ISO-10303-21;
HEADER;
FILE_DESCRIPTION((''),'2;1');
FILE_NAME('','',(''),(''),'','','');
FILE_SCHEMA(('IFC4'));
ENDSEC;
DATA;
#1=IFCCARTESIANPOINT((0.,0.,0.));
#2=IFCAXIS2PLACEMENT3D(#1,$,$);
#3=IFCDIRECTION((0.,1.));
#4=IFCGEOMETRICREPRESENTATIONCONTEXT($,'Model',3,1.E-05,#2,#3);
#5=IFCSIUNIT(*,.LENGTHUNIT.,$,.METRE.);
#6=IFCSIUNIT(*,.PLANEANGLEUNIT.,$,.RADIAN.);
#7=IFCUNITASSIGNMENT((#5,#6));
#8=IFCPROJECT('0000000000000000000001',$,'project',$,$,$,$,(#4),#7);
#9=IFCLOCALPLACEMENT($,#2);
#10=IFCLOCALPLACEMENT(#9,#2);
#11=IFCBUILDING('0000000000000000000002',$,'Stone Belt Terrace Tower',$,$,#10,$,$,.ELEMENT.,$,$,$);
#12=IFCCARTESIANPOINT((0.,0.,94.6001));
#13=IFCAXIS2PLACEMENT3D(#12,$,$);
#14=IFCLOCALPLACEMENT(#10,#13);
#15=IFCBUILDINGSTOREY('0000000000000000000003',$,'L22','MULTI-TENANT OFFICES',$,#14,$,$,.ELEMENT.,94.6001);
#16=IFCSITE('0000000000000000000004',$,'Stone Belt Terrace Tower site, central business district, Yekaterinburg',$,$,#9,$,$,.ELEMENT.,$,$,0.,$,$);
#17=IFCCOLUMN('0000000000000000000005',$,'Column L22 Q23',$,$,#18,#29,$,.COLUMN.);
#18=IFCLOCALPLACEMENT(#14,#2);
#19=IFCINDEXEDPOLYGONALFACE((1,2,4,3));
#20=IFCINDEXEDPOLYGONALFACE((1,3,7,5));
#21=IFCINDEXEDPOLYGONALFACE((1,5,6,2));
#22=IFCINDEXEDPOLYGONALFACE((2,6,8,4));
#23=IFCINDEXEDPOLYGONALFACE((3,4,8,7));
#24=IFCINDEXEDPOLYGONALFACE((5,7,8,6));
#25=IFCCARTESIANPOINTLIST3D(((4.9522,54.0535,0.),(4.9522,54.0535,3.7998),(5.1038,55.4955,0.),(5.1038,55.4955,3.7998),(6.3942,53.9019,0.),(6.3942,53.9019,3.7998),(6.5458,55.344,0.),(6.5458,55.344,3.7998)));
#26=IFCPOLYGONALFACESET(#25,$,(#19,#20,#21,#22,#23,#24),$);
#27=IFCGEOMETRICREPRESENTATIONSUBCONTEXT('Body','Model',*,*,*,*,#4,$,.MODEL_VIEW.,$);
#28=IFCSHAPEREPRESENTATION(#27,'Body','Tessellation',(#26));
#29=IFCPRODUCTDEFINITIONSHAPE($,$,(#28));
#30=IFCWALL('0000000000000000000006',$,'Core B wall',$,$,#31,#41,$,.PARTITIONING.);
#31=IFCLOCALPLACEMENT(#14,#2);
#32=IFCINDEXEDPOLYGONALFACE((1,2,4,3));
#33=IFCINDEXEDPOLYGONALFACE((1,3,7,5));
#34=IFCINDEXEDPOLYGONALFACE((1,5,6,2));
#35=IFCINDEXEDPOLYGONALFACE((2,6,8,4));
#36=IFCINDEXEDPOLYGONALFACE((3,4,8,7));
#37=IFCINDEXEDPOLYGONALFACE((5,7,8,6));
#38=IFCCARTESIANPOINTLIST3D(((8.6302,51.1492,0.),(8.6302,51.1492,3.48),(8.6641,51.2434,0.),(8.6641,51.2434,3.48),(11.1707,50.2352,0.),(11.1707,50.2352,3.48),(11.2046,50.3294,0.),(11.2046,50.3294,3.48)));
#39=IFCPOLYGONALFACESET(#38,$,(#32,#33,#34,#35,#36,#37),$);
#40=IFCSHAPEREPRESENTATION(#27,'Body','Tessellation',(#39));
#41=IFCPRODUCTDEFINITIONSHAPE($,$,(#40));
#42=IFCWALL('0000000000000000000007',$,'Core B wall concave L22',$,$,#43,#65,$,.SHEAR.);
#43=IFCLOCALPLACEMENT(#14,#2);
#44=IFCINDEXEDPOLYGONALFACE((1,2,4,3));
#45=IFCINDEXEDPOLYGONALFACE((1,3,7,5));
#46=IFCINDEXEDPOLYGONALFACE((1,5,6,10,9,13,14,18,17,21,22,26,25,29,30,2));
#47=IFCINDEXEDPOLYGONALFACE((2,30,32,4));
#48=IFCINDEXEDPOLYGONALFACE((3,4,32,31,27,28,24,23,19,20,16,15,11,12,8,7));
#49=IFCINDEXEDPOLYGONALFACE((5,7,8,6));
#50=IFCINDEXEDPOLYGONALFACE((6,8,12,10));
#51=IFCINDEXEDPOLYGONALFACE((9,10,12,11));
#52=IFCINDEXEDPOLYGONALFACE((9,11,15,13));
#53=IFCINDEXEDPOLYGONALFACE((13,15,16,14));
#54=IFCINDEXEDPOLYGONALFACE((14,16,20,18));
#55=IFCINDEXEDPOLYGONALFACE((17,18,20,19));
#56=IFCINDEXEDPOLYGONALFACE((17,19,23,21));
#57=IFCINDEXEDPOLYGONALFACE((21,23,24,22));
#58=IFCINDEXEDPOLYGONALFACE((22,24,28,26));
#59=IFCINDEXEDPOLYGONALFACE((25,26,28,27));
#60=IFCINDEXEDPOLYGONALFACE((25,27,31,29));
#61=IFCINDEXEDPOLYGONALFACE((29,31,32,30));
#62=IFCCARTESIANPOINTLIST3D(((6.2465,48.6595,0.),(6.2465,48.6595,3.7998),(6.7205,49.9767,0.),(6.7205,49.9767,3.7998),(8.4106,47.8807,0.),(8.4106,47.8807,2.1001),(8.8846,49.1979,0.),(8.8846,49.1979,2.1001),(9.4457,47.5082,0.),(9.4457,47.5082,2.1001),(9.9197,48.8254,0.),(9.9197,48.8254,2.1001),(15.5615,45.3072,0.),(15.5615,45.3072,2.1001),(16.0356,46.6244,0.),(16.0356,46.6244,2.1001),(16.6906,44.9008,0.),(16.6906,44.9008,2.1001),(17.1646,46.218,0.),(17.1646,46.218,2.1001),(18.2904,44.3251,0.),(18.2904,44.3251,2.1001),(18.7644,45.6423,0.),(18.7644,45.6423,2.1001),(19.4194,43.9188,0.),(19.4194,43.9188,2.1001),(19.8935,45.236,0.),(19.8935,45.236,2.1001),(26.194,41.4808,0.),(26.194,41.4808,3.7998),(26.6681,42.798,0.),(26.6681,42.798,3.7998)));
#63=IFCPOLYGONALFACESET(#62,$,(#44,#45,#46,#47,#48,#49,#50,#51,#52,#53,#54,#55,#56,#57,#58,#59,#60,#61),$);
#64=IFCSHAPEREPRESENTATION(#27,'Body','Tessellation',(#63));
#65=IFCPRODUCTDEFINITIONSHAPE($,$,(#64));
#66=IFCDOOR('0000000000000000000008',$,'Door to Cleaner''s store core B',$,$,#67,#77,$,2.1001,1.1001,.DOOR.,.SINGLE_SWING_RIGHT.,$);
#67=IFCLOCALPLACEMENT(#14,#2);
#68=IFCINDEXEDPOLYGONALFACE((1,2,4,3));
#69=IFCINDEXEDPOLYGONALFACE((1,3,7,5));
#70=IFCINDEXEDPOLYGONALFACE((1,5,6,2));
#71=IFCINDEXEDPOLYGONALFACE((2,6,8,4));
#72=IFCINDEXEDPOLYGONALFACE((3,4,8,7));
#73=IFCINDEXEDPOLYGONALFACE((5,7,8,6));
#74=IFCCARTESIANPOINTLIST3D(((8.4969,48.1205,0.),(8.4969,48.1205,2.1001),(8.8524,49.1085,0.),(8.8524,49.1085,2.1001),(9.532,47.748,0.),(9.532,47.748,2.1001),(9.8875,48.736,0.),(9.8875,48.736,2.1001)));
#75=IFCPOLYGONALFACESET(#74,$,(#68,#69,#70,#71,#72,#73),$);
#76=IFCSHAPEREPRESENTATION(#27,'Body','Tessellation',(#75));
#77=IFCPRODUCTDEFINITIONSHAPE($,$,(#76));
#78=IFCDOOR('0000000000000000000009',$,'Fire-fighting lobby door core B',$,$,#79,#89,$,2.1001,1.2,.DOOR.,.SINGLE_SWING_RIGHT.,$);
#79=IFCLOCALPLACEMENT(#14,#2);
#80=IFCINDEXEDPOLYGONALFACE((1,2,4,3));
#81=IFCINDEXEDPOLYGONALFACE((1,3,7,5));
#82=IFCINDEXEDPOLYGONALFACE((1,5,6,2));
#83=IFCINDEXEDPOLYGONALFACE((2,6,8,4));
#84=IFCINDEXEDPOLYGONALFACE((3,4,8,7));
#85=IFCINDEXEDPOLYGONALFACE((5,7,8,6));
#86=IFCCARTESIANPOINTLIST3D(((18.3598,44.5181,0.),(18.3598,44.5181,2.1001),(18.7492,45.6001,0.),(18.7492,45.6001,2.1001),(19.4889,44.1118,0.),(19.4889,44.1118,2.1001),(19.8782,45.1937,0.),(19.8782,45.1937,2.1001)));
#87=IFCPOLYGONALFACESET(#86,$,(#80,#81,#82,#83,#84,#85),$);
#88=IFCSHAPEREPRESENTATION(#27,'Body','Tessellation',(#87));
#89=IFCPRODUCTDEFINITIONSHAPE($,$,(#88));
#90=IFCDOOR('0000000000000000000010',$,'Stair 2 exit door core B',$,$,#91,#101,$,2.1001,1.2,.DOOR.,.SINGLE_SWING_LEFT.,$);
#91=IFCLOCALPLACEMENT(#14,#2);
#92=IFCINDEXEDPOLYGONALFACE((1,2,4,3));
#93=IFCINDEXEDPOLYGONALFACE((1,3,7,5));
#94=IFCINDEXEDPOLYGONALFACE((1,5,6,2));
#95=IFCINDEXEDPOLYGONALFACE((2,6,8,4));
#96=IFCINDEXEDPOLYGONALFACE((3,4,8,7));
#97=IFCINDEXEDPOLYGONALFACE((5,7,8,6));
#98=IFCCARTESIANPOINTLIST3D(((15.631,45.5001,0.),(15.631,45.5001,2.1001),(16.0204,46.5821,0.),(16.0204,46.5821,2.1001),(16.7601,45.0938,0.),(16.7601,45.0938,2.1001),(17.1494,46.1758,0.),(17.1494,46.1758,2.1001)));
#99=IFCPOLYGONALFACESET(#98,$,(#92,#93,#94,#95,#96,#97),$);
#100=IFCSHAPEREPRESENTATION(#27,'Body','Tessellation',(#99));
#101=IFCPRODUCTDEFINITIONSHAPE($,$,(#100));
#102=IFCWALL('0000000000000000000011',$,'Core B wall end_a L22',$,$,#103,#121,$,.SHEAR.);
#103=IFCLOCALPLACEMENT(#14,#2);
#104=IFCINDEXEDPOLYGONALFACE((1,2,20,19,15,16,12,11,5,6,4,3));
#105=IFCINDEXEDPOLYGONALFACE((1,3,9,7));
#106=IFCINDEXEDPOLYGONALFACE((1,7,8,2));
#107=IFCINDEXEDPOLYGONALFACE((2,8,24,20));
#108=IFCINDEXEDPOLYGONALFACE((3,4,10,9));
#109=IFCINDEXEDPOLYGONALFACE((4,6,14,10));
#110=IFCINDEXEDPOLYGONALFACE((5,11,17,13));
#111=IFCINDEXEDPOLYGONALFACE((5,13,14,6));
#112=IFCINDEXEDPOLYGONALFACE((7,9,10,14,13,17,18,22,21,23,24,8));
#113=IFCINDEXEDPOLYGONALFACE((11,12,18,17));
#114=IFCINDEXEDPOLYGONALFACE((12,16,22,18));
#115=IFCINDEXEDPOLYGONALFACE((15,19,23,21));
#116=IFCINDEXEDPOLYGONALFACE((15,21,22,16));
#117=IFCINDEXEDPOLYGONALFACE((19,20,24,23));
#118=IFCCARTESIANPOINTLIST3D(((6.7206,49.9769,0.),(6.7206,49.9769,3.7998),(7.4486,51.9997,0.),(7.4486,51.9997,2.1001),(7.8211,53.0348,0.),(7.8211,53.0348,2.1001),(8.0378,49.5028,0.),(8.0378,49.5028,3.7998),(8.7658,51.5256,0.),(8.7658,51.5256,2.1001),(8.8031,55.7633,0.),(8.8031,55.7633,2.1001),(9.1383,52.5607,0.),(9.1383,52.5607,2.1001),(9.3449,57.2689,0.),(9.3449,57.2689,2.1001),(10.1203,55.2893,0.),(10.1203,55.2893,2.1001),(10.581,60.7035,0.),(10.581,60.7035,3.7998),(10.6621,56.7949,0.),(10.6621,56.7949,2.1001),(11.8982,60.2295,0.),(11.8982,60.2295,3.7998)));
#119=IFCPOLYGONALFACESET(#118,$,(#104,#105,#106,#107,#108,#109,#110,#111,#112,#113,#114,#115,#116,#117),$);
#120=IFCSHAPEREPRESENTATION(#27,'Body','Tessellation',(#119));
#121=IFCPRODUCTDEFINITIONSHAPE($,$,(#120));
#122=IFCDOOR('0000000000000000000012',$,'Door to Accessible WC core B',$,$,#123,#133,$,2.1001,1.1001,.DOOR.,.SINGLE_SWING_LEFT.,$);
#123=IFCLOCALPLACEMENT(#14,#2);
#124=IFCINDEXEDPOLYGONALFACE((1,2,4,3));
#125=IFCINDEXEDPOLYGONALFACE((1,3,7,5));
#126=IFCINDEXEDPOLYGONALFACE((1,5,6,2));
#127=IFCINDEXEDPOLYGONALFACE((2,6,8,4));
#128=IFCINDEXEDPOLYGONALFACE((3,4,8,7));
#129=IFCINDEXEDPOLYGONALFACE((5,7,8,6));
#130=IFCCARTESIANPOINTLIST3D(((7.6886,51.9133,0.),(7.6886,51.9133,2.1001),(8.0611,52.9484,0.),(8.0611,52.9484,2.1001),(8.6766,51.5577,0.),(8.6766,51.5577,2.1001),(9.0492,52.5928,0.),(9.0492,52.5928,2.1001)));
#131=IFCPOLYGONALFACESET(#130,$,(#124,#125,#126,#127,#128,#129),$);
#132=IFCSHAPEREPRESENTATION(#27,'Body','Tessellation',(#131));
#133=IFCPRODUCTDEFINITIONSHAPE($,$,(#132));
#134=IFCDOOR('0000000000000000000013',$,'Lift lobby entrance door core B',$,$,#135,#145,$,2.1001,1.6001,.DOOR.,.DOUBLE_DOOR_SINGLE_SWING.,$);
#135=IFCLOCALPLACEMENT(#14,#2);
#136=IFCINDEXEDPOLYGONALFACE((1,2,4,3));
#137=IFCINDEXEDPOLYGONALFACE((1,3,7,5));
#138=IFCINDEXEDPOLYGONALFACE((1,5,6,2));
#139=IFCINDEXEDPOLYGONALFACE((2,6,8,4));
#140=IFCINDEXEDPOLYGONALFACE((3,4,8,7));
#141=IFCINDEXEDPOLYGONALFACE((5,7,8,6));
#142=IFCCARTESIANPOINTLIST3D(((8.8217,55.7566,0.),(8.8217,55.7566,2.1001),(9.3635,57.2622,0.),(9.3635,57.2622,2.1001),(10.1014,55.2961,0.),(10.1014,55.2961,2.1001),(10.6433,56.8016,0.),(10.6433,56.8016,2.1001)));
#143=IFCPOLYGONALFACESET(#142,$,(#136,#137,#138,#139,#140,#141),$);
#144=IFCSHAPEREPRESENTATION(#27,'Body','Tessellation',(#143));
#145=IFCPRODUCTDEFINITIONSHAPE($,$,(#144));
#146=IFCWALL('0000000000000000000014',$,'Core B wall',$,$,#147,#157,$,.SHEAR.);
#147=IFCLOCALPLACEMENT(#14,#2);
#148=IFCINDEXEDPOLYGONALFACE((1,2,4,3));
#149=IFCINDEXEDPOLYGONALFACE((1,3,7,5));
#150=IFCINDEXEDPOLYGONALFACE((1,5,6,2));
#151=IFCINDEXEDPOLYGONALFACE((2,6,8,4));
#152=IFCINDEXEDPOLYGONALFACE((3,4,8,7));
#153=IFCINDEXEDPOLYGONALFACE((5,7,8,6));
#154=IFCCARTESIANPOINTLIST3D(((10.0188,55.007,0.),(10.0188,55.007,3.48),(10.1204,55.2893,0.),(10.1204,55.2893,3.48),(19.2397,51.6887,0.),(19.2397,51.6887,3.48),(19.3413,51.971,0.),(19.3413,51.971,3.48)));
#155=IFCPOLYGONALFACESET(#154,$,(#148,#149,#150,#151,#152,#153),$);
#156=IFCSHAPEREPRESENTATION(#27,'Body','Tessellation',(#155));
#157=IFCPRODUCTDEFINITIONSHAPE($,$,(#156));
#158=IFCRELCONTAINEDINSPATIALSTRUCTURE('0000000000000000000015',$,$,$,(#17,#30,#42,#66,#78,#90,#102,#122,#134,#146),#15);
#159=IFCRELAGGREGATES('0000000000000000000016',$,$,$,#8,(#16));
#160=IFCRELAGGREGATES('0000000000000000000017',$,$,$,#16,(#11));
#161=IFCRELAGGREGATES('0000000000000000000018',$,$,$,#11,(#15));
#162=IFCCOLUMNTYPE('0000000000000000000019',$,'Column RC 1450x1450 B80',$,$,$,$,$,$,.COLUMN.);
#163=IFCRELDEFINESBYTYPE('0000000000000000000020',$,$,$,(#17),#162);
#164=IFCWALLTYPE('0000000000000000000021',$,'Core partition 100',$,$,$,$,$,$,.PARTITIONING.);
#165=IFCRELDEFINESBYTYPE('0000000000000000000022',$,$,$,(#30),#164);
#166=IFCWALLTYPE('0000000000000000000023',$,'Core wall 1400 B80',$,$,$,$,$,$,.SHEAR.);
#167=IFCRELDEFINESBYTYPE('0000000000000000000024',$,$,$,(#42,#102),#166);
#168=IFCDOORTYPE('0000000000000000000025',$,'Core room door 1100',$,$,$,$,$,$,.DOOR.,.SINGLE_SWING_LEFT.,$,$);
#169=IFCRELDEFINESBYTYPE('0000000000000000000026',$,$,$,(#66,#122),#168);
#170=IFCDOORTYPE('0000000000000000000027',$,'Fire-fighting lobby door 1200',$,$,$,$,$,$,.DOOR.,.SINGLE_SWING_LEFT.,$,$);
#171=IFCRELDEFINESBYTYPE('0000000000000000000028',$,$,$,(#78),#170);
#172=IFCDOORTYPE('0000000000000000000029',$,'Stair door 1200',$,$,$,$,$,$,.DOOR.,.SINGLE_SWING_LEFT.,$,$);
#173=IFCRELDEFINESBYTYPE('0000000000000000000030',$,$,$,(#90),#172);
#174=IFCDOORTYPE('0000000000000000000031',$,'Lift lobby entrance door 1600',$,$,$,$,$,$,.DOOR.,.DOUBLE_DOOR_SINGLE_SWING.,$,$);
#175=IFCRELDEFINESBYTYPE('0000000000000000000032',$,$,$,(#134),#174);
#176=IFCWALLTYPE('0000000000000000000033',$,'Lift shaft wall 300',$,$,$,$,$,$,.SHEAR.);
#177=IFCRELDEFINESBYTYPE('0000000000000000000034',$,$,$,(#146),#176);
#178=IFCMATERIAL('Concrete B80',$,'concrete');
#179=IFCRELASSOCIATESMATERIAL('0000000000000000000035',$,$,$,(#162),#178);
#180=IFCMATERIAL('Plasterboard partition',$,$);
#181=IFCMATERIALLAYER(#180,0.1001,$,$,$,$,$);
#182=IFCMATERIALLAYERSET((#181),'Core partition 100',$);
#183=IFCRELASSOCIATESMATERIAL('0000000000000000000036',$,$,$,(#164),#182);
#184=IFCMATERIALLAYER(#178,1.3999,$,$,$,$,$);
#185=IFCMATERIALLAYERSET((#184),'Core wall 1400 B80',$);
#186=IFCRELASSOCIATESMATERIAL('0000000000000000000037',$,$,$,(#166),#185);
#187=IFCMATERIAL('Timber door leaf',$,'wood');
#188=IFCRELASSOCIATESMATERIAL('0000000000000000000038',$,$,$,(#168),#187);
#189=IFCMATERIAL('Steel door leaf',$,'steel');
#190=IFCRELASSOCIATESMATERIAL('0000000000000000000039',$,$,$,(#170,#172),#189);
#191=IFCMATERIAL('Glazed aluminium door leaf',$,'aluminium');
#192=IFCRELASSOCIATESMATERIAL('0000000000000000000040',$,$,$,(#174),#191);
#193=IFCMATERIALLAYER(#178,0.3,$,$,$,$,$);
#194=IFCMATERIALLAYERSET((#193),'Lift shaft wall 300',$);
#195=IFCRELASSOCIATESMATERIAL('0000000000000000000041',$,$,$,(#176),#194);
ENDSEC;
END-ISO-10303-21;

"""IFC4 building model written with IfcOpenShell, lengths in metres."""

from ifc_helpers import new_model, si_unit, direction, frame, frame_2d, origin, origin_2d, place, context, subcontext, project, spatial, rectangle, extrude, material, layer, layer_set, material_profile, profile_set, type_object, element, fill, save


model = new_model("IFC4")

# Units and contexts
model_context = context("Model", 3, precision=1e-05, world=origin(), true_north=direction((0.0, 1.0)))
body_context = subcontext(model_context, "Body", "Model", "MODEL_VIEW")
ifc_project = project(units=[si_unit("LENGTHUNIT", "METRE"), si_unit("PLANEANGLEUNIT", "RADIAN")], contexts=[model_context])

# Site, building, storey
site_placement = place(None, origin())
site = spatial("IfcSite", under=ifc_project, at=site_placement, Name="Stone Belt Terrace Tower site, central business district, Yekaterinburg", CompositionType="ELEMENT", RefElevation=0.0)
building_placement = place(site_placement, origin())
building = spatial("IfcBuilding", under=site, at=building_placement, Name="Stone Belt Terrace Tower", CompositionType="ELEMENT")
storey_placement = place(building_placement, frame((0.0, 0.0, 94.6001)))
storey = spatial("IfcBuildingStorey", under=building, at=storey_placement, Name="L22", Description="MULTI-TENANT OFFICES", CompositionType="ELEMENT", Elevation=94.6001)

# Column
ifc_material_1 = material(Name="Concrete B80", Category="concrete")
ifc_material_profile = material_profile(ifc_material_1, rectangle(XDim=1.45, YDim=1.45, at=origin_2d()), Name="RC 1450x1450")
ifc_profile_set = profile_set([ifc_material_profile], Name="Concrete B80")
column_type = type_object("IfcColumnType", Name="Column RC 1450x1450 B80", PredefinedType="COLUMN", material=ifc_profile_set)
column_placement = place(storey_placement, frame((5.749, 54.6987, 0.0), z_axis=(0.0, 0.0, 1.0), x_axis=(0.994522, -0.104528, 0.0)))
element("IfcColumn", 1, at=column_placement, inside=storey, type_object=column_type, Name="Column L22 Q23", PredefinedType="COLUMN", context=body_context, shape_type="SweptSolid", body=[
    extrude(rectangle(XDim=1.45, YDim=1.45, at=origin_2d()), origin(), (0.0, 0.0, 1.0), 3.7998),
])

# Wall
ifc_material_2 = material(Name="Plasterboard partition")
ifc_layer_1 = layer(ifc_material_2, 0.1001)
ifc_layer_set_1 = layer_set([ifc_layer_1], Name="Core partition 100")
wall_type_1 = type_object("IfcWallType", Name="Core partition 100", PredefinedType="PARTITIONING", material=ifc_layer_set_1)
wall_1_placement = place(storey_placement, frame((11.1877, 50.2822, 0.0), z_axis=(0.0, 0.0, 1.0), x_axis=(-0.94095, 0.338547, 0.0)))
element("IfcWall", 2, at=wall_1_placement, inside=storey, type_object=wall_type_1, Name="Core B wall", PredefinedType="PARTITIONING", context=body_context, shape_type="SweptSolid", body=[
    extrude(rectangle(XDim=2.7, YDim=0.1001, at=frame_2d((1.3501, 0.0))), origin(), (0.0, 0.0, 1.0), 3.48),
])

# Walls, openings, doors
ifc_layer_2 = layer(ifc_material_1, 1.3999)
ifc_layer_set_2 = layer_set([ifc_layer_2], Name="Core wall 1400 B80")
wall_type_2 = type_object("IfcWallType", Name="Core wall 1400 B80", PredefinedType="SHEAR", material=ifc_layer_set_2)
wall_2_placement = place(storey_placement, frame((6.4834, 49.3181, 0.0), z_axis=(0.0, 0.0, 1.0), x_axis=(0.940923, -0.33862, 0.0)))
wall_2 = element("IfcWall", 3, at=wall_2_placement, inside=storey, type_object=wall_type_2, Name="Core B wall concave L22", PredefinedType="SHEAR", context=body_context, shape_type="SweptSolid", body=[
    extrude(rectangle(XDim=21.2, YDim=1.3999, at=frame_2d((10.6001, 0.0))), origin(), (0.0, 0.0, 1.0), 3.7998),
])
opening_1_placement = place(wall_2_placement, frame((12.8, 0.0, 0.0)))
opening_1 = element("IfcOpeningElement", 4, at=opening_1_placement, cuts=wall_2, PredefinedType="OPENING", context=body_context, shape_type="SweptSolid", body=[
    extrude(rectangle(XDim=1.2, YDim=2.1001, at=frame_2d((0.6001, 1.05))), frame((0.0, 0.71, 0.0), z_axis=(0.0, -1.0, 0.0), x_axis=(1.0, 0.0, 0.0)), (0.0, 0.0, 1.0), 1.4199),
])
opening_2_placement = place(wall_2_placement, frame((9.8999, 0.0, 0.0)))
opening_2 = element("IfcOpeningElement", 5, at=opening_2_placement, cuts=wall_2, PredefinedType="OPENING", context=body_context, shape_type="SweptSolid", body=[
    extrude(rectangle(XDim=1.2, YDim=2.1001, at=frame_2d((0.6001, 1.05))), frame((0.0, 0.71, 0.0), z_axis=(0.0, -1.0, 0.0), x_axis=(1.0, 0.0, 0.0)), (0.0, 0.0, 1.0), 1.4199),
])
opening_3_placement = place(wall_2_placement, frame((2.3, 0.0, 0.0)))
opening_3 = element("IfcOpeningElement", 6, at=opening_3_placement, cuts=wall_2, PredefinedType="OPENING", context=body_context, shape_type="SweptSolid", body=[
    extrude(rectangle(XDim=1.1001, YDim=2.1001, at=frame_2d((0.55, 1.05))), frame((0.0, 0.71, 0.0), z_axis=(0.0, -1.0, 0.0), x_axis=(1.0, 0.0, 0.0)), (0.0, 0.0, 1.0), 1.4199),
])
ifc_material_3 = material(Name="Timber door leaf", Category="wood")
door_type_1 = type_object("IfcDoorType", Name="Core room door 1100", OperationType="SINGLE_SWING_LEFT", PredefinedType="DOOR", material=ifc_material_3)
door_1_placement = place(opening_3_placement, origin())
door_1 = element("IfcDoor", 7, at=door_1_placement, inside=storey, type_object=door_type_1, Name="Door to Cleaner's store core B", OperationType="SINGLE_SWING_RIGHT", OverallHeight=2.1001, OverallWidth=1.1001, PredefinedType="DOOR", context=body_context, shape_type="SweptSolid", body=[
    extrude(rectangle(XDim=1.1001, YDim=2.1001, at=frame_2d((0.55, 1.05))), frame((0.0, 0.605, 0.0), z_axis=(0.0, -1.0, 0.0), x_axis=(1.0, 0.0, 0.0)), (0.0, 0.0, 1.0), 1.05),
])
fill(opening_3, door_1)
ifc_material_4 = material(Name="Steel door leaf", Category="steel")
door_type_2 = type_object("IfcDoorType", Name="Fire-fighting lobby door 1200", OperationType="SINGLE_SWING_LEFT", PredefinedType="DOOR", material=ifc_material_4)
door_2_placement = place(opening_1_placement, origin())
door_2 = element("IfcDoor", 8, at=door_2_placement, inside=storey, type_object=door_type_2, Name="Fire-fighting lobby door core B", OperationType="SINGLE_SWING_RIGHT", OverallHeight=2.1001, OverallWidth=1.2, PredefinedType="DOOR", context=body_context, shape_type="SweptSolid", body=[
    extrude(rectangle(XDim=1.2, YDim=2.1001, at=frame_2d((0.6001, 1.05))), frame((0.0, 0.655, 0.0), z_axis=(0.0, -1.0, 0.0), x_axis=(1.0, 0.0, 0.0)), (0.0, 0.0, 1.0), 1.1499),
])
fill(opening_1, door_2)
door_type_3 = type_object("IfcDoorType", Name="Stair door 1200", OperationType="SINGLE_SWING_LEFT", PredefinedType="DOOR", material=ifc_material_4)
door_3_placement = place(opening_2_placement, origin())
door_3 = element("IfcDoor", 9, at=door_3_placement, inside=storey, type_object=door_type_3, Name="Stair 2 exit door core B", OperationType="SINGLE_SWING_LEFT", OverallHeight=2.1001, OverallWidth=1.2, PredefinedType="DOOR", context=body_context, shape_type="SweptSolid", body=[
    extrude(rectangle(XDim=1.2, YDim=2.1001, at=frame_2d((0.6001, 1.05))), frame((0.0, 0.655, 0.0), z_axis=(0.0, -1.0, 0.0), x_axis=(1.0, 0.0, 0.0)), (0.0, 0.0, 1.0), 1.1499),
])
fill(opening_2, door_3)
wall_3_placement = place(storey_placement, frame((7.3792, 49.7397, 0.0), z_axis=(0.0, 0.0, 1.0), x_axis=(0.338625, 0.940921, 0.0)))
wall_3 = element("IfcWall", 10, at=wall_3_placement, inside=storey, type_object=wall_type_2, Name="Core B wall end_a L22", PredefinedType="SHEAR", context=body_context, shape_type="SweptSolid", body=[
    extrude(rectangle(XDim=11.4001, YDim=1.3999, at=frame_2d((5.7002, 0.0))), origin(), (0.0, 0.0, 1.0), 3.7998),
])
opening_4_placement = place(wall_3_placement, frame((6.1499, 0.0, 0.0)))
opening_4 = element("IfcOpeningElement", 11, at=opening_4_placement, cuts=wall_3, PredefinedType="OPENING", context=body_context, shape_type="SweptSolid", body=[
    extrude(rectangle(XDim=1.6001, YDim=2.1001, at=frame_2d((0.8, 1.05))), frame((0.0, 0.71, 0.0), z_axis=(0.0, -1.0, 0.0), x_axis=(1.0, 0.0, 0.0)), (0.0, 0.0, 1.0), 1.4199),
])
opening_5_placement = place(wall_3_placement, frame((2.1499, 0.0, 0.0)))
opening_5 = element("IfcOpeningElement", 12, at=opening_5_placement, cuts=wall_3, PredefinedType="OPENING", context=body_context, shape_type="SweptSolid", body=[
    extrude(rectangle(XDim=1.1001, YDim=2.1001, at=frame_2d((0.55, 1.05))), frame((0.0, 0.71, 0.0), z_axis=(0.0, -1.0, 0.0), x_axis=(1.0, 0.0, 0.0)), (0.0, 0.0, 1.0), 1.4199),
])
door_4_placement = place(opening_5_placement, origin())
door_4 = element("IfcDoor", 13, at=door_4_placement, inside=storey, type_object=door_type_1, Name="Door to Accessible WC core B", OperationType="SINGLE_SWING_LEFT", OverallHeight=2.1001, OverallWidth=1.1001, PredefinedType="DOOR", context=body_context, shape_type="SweptSolid", body=[
    extrude(rectangle(XDim=1.1001, YDim=2.1001, at=frame_2d((0.55, 1.05))), frame((0.0, 0.4448, 0.0), z_axis=(0.0, -1.0, 0.0), x_axis=(1.0, 0.0, 0.0)), (0.0, 0.0, 1.0), 1.05),
])
fill(opening_5, door_4)
ifc_material_5 = material(Name="Glazed aluminium door leaf", Category="aluminium")
door_type_4 = type_object("IfcDoorType", Name="Lift lobby entrance door 1600", OperationType="DOUBLE_DOOR_SINGLE_SWING", PredefinedType="DOOR", material=ifc_material_5)
door_5_placement = place(opening_4_placement, origin())
door_5 = element("IfcDoor", 14, at=door_5_placement, inside=storey, type_object=door_type_4, Name="Lift lobby entrance door core B", OperationType="DOUBLE_DOOR_SINGLE_SWING", OverallHeight=2.1001, OverallWidth=1.6001, PredefinedType="DOOR", context=body_context, shape_type="SweptSolid", body=[
    extrude(rectangle(XDim=1.6001, YDim=2.1001, at=frame_2d((0.8, 1.05))), frame((0.0, 0.6802, 0.0), z_axis=(0.0, -1.0, 0.0), x_axis=(1.0, 0.0, 0.0)), (0.0, 0.0, 1.0), 1.3601),
])
fill(opening_4, door_5)

# Wall
ifc_layer_3 = layer(ifc_material_1, 0.3)
ifc_layer_set_3 = layer_set([ifc_layer_3], Name="Lift shaft wall 300")
wall_type_3 = type_object("IfcWallType", Name="Lift shaft wall 300", PredefinedType="SHEAR", material=ifc_layer_set_3)
wall_4_placement = place(storey_placement, frame((19.2905, 51.8298, 0.0), z_axis=(0.0, 0.0, 1.0), x_axis=(-0.940926, 0.338613, 0.0)))
element("IfcWall", 15, at=wall_4_placement, inside=storey, type_object=wall_type_3, Name="Core B wall", PredefinedType="SHEAR", context=body_context, shape_type="SweptSolid", body=[
    extrude(rectangle(XDim=9.7998, YDim=0.3, at=frame_2d((4.8999, 0.0))), origin(), (0.0, 0.0, 1.0), 3.48),
])

save(model, "model.ifc")
